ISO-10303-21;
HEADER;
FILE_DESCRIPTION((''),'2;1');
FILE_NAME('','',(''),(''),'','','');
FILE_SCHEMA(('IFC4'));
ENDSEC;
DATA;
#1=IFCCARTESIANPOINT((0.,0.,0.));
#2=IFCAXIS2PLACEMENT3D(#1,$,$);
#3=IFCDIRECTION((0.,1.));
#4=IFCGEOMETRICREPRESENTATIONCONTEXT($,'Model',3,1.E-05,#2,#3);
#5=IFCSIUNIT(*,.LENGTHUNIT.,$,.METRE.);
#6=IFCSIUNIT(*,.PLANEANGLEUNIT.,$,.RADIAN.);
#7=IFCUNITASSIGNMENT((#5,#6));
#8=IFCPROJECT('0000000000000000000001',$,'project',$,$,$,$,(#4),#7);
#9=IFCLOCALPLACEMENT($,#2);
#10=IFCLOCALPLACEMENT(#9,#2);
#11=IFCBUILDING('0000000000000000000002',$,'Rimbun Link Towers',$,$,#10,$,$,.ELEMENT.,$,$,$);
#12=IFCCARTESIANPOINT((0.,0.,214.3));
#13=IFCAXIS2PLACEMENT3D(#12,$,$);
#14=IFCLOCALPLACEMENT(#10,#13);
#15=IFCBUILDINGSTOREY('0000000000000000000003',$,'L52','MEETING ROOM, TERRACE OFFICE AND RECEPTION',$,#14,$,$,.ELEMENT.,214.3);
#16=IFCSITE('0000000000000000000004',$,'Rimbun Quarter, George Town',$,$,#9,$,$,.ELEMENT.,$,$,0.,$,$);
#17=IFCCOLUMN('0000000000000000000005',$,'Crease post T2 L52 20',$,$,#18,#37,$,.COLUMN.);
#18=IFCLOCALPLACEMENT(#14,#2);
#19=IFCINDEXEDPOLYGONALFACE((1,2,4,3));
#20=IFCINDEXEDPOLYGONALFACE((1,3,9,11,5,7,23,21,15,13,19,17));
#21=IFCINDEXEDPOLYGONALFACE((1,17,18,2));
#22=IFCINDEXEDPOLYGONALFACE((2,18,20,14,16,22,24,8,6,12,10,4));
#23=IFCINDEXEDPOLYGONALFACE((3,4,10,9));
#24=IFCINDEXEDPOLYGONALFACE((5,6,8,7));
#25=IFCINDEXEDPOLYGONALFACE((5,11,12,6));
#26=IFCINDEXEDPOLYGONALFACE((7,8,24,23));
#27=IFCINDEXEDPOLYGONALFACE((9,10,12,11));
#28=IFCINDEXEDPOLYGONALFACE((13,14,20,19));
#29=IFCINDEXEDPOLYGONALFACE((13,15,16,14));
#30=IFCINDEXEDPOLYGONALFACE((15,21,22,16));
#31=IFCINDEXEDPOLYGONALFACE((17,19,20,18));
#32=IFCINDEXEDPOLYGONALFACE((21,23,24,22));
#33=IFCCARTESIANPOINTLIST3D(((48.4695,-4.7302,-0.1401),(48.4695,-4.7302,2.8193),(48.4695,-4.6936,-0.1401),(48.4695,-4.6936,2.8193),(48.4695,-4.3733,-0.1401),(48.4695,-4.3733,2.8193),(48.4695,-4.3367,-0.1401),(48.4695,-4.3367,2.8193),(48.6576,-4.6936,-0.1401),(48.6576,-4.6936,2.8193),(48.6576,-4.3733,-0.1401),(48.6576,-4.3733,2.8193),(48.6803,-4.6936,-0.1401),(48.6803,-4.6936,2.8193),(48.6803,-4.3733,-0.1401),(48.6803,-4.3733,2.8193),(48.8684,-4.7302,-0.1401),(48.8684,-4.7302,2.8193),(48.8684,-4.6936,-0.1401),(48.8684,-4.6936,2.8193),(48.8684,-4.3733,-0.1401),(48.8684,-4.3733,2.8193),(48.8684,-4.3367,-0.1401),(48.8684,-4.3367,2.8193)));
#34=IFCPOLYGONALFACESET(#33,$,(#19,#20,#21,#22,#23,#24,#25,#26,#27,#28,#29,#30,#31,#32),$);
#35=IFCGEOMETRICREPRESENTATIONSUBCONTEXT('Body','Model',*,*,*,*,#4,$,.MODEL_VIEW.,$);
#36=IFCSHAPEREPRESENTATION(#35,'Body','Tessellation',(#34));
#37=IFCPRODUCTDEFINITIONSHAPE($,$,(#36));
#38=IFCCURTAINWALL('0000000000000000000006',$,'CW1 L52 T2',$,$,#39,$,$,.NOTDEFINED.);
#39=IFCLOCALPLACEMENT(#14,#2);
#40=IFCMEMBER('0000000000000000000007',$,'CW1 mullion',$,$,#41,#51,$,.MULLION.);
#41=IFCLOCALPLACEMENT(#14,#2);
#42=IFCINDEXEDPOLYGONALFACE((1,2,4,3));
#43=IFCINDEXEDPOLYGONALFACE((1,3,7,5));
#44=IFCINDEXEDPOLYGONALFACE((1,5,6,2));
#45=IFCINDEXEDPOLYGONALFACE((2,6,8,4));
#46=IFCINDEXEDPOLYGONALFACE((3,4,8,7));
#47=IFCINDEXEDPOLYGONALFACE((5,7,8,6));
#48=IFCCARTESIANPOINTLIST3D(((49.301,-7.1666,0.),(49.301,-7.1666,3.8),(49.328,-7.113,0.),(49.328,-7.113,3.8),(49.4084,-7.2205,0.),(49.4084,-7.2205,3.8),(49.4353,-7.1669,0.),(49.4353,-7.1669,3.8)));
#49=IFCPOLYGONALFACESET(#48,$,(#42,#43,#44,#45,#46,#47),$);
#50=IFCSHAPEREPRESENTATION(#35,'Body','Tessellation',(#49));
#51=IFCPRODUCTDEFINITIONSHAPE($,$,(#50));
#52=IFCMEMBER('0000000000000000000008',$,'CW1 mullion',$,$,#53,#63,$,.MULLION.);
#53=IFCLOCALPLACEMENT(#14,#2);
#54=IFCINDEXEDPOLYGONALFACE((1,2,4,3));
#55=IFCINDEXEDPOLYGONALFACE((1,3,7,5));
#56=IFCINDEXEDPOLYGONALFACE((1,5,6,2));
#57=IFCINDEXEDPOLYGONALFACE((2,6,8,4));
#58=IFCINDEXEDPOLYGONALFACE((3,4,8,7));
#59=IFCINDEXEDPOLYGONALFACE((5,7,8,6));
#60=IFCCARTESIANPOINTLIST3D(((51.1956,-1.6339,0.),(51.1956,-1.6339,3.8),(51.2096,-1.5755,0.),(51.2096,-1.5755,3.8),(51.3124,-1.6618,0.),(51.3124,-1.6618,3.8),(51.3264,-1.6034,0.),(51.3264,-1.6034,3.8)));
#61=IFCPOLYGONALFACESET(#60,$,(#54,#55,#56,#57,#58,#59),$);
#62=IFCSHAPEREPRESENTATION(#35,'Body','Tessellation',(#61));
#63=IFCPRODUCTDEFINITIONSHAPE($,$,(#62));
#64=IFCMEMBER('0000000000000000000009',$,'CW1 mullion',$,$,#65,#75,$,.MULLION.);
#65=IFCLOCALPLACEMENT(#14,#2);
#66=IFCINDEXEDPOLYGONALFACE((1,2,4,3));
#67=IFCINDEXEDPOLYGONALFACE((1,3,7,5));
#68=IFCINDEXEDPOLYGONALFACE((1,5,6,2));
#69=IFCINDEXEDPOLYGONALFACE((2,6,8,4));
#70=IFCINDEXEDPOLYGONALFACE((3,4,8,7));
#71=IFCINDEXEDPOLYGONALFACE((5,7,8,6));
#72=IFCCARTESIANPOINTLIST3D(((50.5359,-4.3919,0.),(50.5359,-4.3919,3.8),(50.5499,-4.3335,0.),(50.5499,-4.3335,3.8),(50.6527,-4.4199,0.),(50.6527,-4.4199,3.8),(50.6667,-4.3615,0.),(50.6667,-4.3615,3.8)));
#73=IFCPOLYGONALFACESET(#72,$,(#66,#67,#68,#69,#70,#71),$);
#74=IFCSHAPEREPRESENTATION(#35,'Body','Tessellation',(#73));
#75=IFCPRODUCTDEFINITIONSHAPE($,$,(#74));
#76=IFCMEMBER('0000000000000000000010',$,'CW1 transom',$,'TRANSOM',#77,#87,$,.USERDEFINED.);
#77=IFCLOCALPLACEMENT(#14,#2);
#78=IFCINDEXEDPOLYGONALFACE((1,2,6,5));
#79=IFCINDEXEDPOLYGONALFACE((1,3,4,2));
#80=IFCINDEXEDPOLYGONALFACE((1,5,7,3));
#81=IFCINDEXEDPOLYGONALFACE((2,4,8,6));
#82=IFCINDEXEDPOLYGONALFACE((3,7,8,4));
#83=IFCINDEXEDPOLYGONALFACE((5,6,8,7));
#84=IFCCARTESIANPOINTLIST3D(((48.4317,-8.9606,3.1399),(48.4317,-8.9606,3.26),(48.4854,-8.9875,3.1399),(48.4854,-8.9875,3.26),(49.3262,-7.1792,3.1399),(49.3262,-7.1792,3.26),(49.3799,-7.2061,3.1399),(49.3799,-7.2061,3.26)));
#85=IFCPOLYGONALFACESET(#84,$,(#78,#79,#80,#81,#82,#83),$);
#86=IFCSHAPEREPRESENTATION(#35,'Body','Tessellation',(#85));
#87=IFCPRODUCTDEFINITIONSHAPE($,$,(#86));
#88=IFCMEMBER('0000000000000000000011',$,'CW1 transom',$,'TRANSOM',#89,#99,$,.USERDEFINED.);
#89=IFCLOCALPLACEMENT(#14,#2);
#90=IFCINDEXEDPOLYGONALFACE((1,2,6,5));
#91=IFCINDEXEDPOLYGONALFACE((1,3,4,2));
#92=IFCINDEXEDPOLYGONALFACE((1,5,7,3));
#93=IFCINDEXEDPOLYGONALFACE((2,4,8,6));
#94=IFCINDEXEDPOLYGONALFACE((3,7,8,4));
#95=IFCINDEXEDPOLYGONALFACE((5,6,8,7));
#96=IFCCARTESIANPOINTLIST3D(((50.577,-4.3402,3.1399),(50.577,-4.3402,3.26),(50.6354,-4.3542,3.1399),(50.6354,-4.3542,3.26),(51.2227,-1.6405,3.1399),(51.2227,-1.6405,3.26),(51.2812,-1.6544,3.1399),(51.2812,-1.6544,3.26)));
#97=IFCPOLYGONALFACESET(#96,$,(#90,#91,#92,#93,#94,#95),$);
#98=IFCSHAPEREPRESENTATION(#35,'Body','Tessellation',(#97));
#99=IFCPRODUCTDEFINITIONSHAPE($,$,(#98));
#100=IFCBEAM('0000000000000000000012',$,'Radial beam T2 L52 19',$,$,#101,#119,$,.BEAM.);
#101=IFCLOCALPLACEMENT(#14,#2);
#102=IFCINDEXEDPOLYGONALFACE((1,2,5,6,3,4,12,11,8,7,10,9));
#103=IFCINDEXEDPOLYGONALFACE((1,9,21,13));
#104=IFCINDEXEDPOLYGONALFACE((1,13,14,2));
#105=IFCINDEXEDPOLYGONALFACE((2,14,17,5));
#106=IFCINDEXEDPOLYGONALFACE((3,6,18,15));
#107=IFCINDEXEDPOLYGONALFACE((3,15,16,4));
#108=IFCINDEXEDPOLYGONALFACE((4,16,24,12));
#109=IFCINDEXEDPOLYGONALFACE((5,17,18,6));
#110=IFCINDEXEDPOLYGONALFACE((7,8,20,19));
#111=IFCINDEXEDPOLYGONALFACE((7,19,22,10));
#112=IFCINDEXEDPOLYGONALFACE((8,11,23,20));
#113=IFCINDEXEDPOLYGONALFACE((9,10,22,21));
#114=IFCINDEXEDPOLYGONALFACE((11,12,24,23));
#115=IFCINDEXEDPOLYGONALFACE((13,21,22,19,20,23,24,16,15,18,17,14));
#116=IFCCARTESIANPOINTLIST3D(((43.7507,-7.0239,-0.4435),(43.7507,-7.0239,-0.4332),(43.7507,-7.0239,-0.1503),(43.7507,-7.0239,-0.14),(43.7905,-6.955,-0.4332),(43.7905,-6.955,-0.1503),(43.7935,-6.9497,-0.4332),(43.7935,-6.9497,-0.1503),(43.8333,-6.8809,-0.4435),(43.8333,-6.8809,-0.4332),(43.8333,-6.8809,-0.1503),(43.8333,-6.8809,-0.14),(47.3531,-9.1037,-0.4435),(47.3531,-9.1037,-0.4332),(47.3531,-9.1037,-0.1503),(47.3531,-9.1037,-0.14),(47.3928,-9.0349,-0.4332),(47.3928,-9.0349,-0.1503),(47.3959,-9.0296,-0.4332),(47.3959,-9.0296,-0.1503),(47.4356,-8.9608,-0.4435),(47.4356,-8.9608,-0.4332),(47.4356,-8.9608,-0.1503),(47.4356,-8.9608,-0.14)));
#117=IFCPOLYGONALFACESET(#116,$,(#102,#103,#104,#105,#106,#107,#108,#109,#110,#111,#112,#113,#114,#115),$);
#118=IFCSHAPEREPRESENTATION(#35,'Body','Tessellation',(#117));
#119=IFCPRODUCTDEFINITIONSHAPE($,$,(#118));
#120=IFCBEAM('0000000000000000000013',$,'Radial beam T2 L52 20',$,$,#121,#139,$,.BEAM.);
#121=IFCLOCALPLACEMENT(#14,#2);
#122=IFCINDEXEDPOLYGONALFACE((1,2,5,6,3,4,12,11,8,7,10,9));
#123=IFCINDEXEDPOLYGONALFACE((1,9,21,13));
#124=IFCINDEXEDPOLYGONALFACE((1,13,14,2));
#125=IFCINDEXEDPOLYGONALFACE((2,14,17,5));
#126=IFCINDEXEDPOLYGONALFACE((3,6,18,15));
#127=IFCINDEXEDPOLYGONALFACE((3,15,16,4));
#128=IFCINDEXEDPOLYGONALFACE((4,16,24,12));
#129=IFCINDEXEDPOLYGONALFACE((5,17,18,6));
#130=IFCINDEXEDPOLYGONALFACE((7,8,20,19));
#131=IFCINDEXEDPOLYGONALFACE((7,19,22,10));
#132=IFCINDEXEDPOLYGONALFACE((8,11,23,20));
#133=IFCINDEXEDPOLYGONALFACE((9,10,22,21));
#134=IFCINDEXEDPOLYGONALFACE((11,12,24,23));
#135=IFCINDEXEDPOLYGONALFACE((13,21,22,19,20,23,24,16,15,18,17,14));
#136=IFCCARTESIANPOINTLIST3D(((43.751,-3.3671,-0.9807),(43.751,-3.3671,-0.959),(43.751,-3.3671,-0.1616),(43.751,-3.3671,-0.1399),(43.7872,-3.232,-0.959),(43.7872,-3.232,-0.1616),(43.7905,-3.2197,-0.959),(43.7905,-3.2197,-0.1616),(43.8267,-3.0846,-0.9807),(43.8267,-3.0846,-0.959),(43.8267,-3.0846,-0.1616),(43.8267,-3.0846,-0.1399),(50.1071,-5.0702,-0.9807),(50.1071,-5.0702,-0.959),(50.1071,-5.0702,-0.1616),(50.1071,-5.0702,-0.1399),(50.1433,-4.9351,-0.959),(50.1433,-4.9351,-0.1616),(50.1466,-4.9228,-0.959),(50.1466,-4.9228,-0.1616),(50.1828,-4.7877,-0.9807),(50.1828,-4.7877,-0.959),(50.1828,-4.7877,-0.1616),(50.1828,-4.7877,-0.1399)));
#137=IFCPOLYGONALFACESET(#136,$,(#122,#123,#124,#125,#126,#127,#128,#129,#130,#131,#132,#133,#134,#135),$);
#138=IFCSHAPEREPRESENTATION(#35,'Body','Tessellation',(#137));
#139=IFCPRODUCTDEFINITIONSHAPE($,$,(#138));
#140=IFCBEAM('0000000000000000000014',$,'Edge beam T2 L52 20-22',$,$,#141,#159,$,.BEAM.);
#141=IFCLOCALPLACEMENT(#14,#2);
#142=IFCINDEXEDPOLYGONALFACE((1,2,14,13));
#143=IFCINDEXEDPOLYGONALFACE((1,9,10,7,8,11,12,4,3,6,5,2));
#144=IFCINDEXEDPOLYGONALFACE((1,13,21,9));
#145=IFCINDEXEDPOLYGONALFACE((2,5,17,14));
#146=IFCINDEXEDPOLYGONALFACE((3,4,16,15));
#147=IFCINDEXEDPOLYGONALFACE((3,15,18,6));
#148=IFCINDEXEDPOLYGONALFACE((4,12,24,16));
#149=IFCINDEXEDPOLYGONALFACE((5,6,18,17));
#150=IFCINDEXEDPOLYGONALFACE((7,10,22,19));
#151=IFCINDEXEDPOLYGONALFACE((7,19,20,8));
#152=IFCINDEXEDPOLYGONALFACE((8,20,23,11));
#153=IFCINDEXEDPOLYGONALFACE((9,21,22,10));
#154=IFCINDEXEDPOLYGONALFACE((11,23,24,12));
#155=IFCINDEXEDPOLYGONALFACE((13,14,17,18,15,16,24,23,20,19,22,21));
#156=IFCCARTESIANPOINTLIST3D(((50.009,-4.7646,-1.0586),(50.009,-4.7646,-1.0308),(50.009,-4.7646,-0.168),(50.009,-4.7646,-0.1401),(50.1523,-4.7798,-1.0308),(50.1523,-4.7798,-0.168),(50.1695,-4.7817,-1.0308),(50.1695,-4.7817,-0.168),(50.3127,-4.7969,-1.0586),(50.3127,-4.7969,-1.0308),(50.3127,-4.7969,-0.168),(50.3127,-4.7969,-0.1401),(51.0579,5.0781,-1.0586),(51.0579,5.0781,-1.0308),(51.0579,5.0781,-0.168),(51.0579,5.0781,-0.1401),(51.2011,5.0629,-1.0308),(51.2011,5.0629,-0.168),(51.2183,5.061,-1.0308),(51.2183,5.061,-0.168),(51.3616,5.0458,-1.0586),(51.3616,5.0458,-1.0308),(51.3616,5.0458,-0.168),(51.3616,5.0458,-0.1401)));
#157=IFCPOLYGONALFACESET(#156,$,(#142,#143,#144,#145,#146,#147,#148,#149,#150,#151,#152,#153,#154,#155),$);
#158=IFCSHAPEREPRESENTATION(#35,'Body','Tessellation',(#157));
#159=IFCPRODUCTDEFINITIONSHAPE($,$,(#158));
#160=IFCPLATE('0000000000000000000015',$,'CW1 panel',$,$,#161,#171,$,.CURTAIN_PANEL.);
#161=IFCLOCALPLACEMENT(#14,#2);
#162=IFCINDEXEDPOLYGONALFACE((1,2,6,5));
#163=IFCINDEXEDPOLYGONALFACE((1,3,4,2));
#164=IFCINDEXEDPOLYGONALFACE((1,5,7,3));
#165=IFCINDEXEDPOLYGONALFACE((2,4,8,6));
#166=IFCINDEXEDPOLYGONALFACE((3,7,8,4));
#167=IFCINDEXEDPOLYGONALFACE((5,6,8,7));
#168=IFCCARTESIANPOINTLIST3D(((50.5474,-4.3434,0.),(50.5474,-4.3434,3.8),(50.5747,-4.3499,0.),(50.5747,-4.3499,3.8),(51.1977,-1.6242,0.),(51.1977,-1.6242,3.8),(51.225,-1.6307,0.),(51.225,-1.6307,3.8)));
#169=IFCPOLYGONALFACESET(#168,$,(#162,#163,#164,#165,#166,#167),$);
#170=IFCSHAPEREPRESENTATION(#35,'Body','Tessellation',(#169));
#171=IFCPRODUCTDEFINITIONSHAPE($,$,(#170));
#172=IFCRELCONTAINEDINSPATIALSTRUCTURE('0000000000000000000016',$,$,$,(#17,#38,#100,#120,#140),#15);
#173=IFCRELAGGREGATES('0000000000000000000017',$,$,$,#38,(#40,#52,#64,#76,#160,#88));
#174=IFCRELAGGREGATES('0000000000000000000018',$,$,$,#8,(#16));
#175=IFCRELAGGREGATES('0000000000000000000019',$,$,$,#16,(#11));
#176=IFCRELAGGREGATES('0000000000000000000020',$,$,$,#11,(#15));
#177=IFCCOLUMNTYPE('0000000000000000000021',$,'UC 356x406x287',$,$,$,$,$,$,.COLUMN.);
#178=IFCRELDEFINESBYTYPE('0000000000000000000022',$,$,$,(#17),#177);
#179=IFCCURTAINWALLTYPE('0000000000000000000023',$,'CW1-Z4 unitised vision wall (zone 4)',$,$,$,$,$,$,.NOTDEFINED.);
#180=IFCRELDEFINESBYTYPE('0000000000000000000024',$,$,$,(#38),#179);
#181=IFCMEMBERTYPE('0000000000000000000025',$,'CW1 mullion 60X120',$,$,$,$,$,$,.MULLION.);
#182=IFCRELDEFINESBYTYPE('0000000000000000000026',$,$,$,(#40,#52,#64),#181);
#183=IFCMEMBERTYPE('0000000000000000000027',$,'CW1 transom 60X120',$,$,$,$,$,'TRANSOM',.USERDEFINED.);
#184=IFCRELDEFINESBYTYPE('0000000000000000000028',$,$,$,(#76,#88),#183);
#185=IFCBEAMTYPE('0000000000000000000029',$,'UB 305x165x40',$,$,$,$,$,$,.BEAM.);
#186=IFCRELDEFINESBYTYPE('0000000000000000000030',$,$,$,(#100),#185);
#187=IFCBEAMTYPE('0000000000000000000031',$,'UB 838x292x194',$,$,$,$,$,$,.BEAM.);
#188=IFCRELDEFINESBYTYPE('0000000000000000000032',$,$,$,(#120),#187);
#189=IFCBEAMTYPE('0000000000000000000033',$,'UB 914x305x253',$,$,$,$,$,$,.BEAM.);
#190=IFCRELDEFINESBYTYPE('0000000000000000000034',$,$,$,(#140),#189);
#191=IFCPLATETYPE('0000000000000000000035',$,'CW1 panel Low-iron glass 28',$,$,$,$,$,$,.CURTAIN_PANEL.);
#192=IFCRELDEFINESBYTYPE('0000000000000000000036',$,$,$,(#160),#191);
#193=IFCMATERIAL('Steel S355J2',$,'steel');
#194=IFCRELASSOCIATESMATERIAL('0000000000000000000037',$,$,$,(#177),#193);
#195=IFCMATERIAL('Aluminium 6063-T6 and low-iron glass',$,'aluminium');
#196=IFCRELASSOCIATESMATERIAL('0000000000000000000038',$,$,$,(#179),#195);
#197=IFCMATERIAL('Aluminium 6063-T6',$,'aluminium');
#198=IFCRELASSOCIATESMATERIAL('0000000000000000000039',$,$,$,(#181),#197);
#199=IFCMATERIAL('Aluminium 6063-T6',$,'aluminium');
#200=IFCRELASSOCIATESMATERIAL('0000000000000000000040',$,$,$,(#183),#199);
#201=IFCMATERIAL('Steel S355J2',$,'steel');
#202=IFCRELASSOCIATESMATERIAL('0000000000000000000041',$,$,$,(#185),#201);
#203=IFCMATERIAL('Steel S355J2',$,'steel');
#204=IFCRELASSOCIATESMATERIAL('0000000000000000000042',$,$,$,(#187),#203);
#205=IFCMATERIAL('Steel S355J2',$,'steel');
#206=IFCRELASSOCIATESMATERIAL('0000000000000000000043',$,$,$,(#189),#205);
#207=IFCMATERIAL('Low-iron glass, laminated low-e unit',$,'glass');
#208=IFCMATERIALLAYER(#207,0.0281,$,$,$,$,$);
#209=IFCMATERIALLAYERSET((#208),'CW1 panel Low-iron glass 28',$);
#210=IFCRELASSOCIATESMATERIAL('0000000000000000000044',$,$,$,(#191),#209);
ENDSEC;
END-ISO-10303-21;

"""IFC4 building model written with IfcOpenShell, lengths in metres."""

from ifc_helpers import new_model, si_unit, direction, frame, origin, origin_2d, place, context, subcontext, project, spatial, rectangle, i_section, extrude, material, layer, layer_set, material_profile, profile_set, type_object, element, aggregate, save


model = new_model("IFC4")

# Units and contexts
model_context = context("Model", 3, precision=1e-05, world=origin(), true_north=direction((0.0, 1.0)))
body_context = subcontext(model_context, "Body", "Model", "MODEL_VIEW")
ifc_project = project(units=[si_unit("LENGTHUNIT", "METRE"), si_unit("PLANEANGLEUNIT", "RADIAN")], contexts=[model_context])

# Site, building, storey
site_placement = place(None, origin())
site = spatial("IfcSite", under=ifc_project, at=site_placement, Name="Rimbun Quarter, George Town", CompositionType="ELEMENT", RefElevation=0.0)
building_placement = place(site_placement, origin())
building = spatial("IfcBuilding", under=site, at=building_placement, Name="Rimbun Link Towers", CompositionType="ELEMENT")
storey_placement = place(building_placement, frame((0.0, 0.0, 214.3)))
storey = spatial("IfcBuildingStorey", under=building, at=storey_placement, Name="L52", Description="MEETING ROOM, TERRACE OFFICE AND RECEPTION", CompositionType="ELEMENT", Elevation=214.3)

# Column
ifc_material_1 = material(Name="Steel S355J2", Category="steel")
ifc_material_profile_1 = material_profile(ifc_material_1, i_section(OverallWidth=0.3989, OverallDepth=0.3936, WebThickness=0.0227, FlangeThickness=0.0366, at=origin_2d()), Name="UC 356x406x287")
ifc_profile_set_1 = profile_set([ifc_material_profile_1], Name="Steel S355J2")
column_type = type_object("IfcColumnType", Name="UC 356x406x287", PredefinedType="COLUMN", material=ifc_profile_set_1)
column_placement = place(storey_placement, frame((48.6689, -4.5334, -0.1401), z_axis=(0.0, 0.0, 1.0), x_axis=(1.0, 0.0, 0.0)))
element("IfcColumn", 1, at=column_placement, inside=storey, type_object=column_type, Name="Crease post T2 L52 20", PredefinedType="COLUMN", context=body_context, shape_type="SweptSolid", body=[
    extrude(i_section(OverallWidth=0.3989, OverallDepth=0.3936, WebThickness=0.0227, FlangeThickness=0.0366, at=origin_2d()), origin(), (0.0, 0.0, 1.0), 2.9595),
])

# Curtain wall, members
ifc_material_2 = material(Name="Aluminium 6063-T6 and low-iron glass", Category="aluminium")
curtain_wall_type = type_object("IfcCurtainWallType", Name="CW1-Z4 unitised vision wall (zone 4)", PredefinedType="NOTDEFINED", material=ifc_material_2)
curtain_wall_placement = place(storey_placement, origin())
curtain_wall = element("IfcCurtainWall", 2, at=curtain_wall_placement, inside=storey, type_object=curtain_wall_type, Name="CW1 L52 T2", PredefinedType="NOTDEFINED")
ifc_material_3 = material(Name="Aluminium 6063-T6", Category="aluminium")
ifc_material_profile_2 = material_profile(ifc_material_3, rectangle(XDim=0.1201, YDim=0.0601, at=origin_2d()), Name="MULLION 60X120")
ifc_profile_set_2 = profile_set([ifc_material_profile_2], Name="Aluminium 6063-T6")
member_type_1 = type_object("IfcMemberType", Name="CW1 mullion 60X120", PredefinedType="MULLION", material=ifc_profile_set_2)
member_1_placement = place(storey_placement, frame((49.3682, -7.1667, 0.0), z_axis=(0.0, 0.0, 1.0), x_axis=(0.89365, -0.448764, 0.0)))
member_1 = element("IfcMember", 3, at=member_1_placement, type_object=member_type_1, Name="CW1 mullion", PredefinedType="MULLION", context=body_context, shape_type="SweptSolid", body=[
    extrude(rectangle(XDim=0.1201, YDim=0.0601, at=origin_2d()), origin(), (0.0, 0.0, 1.0), 3.8),
])
member_2_placement = place(storey_placement, frame((51.261, -1.6187, 0.0), z_axis=(0.0, 0.0, 1.0), x_axis=(0.972573, -0.2326, 0.0)))
member_2 = element("IfcMember", 4, at=member_2_placement, type_object=member_type_1, Name="CW1 mullion", PredefinedType="MULLION", context=body_context, shape_type="SweptSolid", body=[
    extrude(rectangle(XDim=0.1201, YDim=0.0601, at=origin_2d()), origin(), (0.0, 0.0, 1.0), 3.8),
])
member_3_placement = place(storey_placement, frame((50.6013, -4.3767, 0.0), z_axis=(0.0, 0.0, 1.0), x_axis=(0.972573, -0.2326, 0.0)))
member_3 = element("IfcMember", 5, at=member_3_placement, type_object=member_type_1, Name="CW1 mullion", PredefinedType="MULLION", context=body_context, shape_type="SweptSolid", body=[
    extrude(rectangle(XDim=0.1201, YDim=0.0601, at=origin_2d()), origin(), (0.0, 0.0, 1.0), 3.8),
])
ifc_material_4 = material(Name="Aluminium 6063-T6", Category="aluminium")
ifc_material_profile_3 = material_profile(ifc_material_4, rectangle(XDim=0.0601, YDim=0.1201, at=origin_2d()), Name="TRANSOM 60X120")
ifc_profile_set_3 = profile_set([ifc_material_profile_3], Name="Aluminium 6063-T6")
member_type_2 = type_object("IfcMemberType", Name="CW1 transom 60X120", ElementType="TRANSOM", PredefinedType="USERDEFINED", material=ifc_profile_set_3)
member_4_placement = place(storey_placement, frame((49.353, -7.1926, 3.2), z_axis=(-0.448732, -0.893667, 0.0), x_axis=(0.893667, -0.448732, 0.0)))
member_4 = element("IfcMember", 6, at=member_4_placement, type_object=member_type_2, Name="CW1 transom", ObjectType="TRANSOM", PredefinedType="USERDEFINED", context=body_context, shape_type="SweptSolid", body=[
    extrude(rectangle(XDim=0.0601, YDim=0.1201, at=origin_2d()), origin(), (0.0, 0.0, 1.0), 1.9934),
])
member_5_placement = place(storey_placement, frame((51.252, -1.6475, 3.2), z_axis=(-0.232631, -0.972565, 0.0), x_axis=(0.972565, -0.232631, 0.0)))
member_5 = element("IfcMember", 7, at=member_5_placement, type_object=member_type_2, Name="CW1 transom", ObjectType="TRANSOM", PredefinedType="USERDEFINED", context=body_context, shape_type="SweptSolid", body=[
    extrude(rectangle(XDim=0.0601, YDim=0.1201, at=origin_2d()), origin(), (0.0, 0.0, 1.0), 2.7759),
])

# Beams
ifc_material_5 = material(Name="Steel S355J2", Category="steel")
ifc_material_profile_4 = material_profile(ifc_material_5, i_section(OverallWidth=0.165, OverallDepth=0.3035, WebThickness=0.0061, FlangeThickness=0.0103, at=origin_2d()), Name="UB 305x165x40")
ifc_profile_set_4 = profile_set([ifc_material_profile_4], Name="Steel S355J2")
beam_type_1 = type_object("IfcBeamType", Name="UB 305x165x40", PredefinedType="BEAM", material=ifc_profile_set_4)
beam_1_placement = place(storey_placement, frame((43.792, -6.9524, -0.2917), z_axis=(0.86602, -0.500009, 0.0), x_axis=(0.500009, 0.86602, 0.0)))
element("IfcBeam", 8, at=beam_1_placement, inside=storey, type_object=beam_type_1, Name="Radial beam T2 L52 19", PredefinedType="BEAM", context=body_context, shape_type="SweptSolid", body=[
    extrude(i_section(OverallWidth=0.165, OverallDepth=0.3035, WebThickness=0.0061, FlangeThickness=0.0103, at=origin_2d()), origin(), (0.0, 0.0, 1.0), 4.1597),
])
ifc_material_6 = material(Name="Steel S355J2", Category="steel")
ifc_material_profile_5 = material_profile(ifc_material_6, i_section(OverallWidth=0.2925, OverallDepth=0.8408, WebThickness=0.0127, FlangeThickness=0.0217, at=origin_2d()), Name="UB 838x292x194")
ifc_profile_set_5 = profile_set([ifc_material_profile_5], Name="Steel S355J2")
beam_type_2 = type_object("IfcBeamType", Name="UB 838x292x194", PredefinedType="BEAM", material=ifc_profile_set_5)
beam_2_placement = place(storey_placement, frame((43.7888, -3.2258, -0.5603), z_axis=(0.965926, -0.258817, 0.0), x_axis=(0.258817, 0.965926, 0.0)))
element("IfcBeam", 9, at=beam_2_placement, inside=storey, type_object=beam_type_2, Name="Radial beam T2 L52 20", PredefinedType="BEAM", context=body_context, shape_type="SweptSolid", body=[
    extrude(i_section(OverallWidth=0.2925, OverallDepth=0.8408, WebThickness=0.0127, FlangeThickness=0.0217, at=origin_2d()), origin(), (0.0, 0.0, 1.0), 6.5803),
])
ifc_material_7 = material(Name="Steel S355J2", Category="steel")
ifc_material_profile_6 = material_profile(ifc_material_7, i_section(OverallWidth=0.3054, OverallDepth=0.9185, WebThickness=0.0173, FlangeThickness=0.0278, at=origin_2d()), Name="UB 914x305x253")
ifc_profile_set_6 = profile_set([ifc_material_profile_6], Name="Steel S355J2")
beam_type_3 = type_object("IfcBeamType", Name="UB 914x305x253", PredefinedType="BEAM", material=ifc_profile_set_6)
beam_3_placement = place(storey_placement, frame((50.1609, -4.7808, -0.5994), z_axis=(0.105958, 0.994371, 0.0), x_axis=(-0.994371, 0.105958, 0.0)))
element("IfcBeam", 10, at=beam_3_placement, inside=storey, type_object=beam_type_3, Name="Edge beam T2 L52 20-22", PredefinedType="BEAM", context=body_context, shape_type="SweptSolid", body=[
    extrude(i_section(OverallWidth=0.3054, OverallDepth=0.9185, WebThickness=0.0173, FlangeThickness=0.0278, at=origin_2d()), origin(), (0.0, 0.0, 1.0), 9.8984),
])

# Plate
ifc_material_8 = material(Name="Low-iron glass, laminated low-e unit", Category="glass")
ifc_layer_1 = layer(ifc_material_8, 0.0281)
ifc_layer_set_1 = layer_set([ifc_layer_1], Name="CW1 panel Low-iron glass 28")
plate_type = type_object("IfcPlateType", Name="CW1 panel Low-iron glass 28", PredefinedType="CURTAIN_PANEL", material=ifc_layer_set_1)
plate_placement = place(storey_placement, frame((50.8862, -2.9871, 0.0), z_axis=(0.0, 0.0, 1.0), x_axis=(-0.2326, -0.972573, 0.0)))
plate = element("IfcPlate", 11, at=plate_placement, type_object=plate_type, Name="CW1 panel", PredefinedType="CURTAIN_PANEL", context=body_context, shape_type="SweptSolid", body=[
    extrude(rectangle(XDim=2.7959, YDim=0.0281, at=origin_2d()), origin(), (0.0, 0.0, 1.0), 3.8),
])
aggregate(curtain_wall, [member_1, member_2, member_3, member_4, plate, member_5])

save(model, "model.ifc")
